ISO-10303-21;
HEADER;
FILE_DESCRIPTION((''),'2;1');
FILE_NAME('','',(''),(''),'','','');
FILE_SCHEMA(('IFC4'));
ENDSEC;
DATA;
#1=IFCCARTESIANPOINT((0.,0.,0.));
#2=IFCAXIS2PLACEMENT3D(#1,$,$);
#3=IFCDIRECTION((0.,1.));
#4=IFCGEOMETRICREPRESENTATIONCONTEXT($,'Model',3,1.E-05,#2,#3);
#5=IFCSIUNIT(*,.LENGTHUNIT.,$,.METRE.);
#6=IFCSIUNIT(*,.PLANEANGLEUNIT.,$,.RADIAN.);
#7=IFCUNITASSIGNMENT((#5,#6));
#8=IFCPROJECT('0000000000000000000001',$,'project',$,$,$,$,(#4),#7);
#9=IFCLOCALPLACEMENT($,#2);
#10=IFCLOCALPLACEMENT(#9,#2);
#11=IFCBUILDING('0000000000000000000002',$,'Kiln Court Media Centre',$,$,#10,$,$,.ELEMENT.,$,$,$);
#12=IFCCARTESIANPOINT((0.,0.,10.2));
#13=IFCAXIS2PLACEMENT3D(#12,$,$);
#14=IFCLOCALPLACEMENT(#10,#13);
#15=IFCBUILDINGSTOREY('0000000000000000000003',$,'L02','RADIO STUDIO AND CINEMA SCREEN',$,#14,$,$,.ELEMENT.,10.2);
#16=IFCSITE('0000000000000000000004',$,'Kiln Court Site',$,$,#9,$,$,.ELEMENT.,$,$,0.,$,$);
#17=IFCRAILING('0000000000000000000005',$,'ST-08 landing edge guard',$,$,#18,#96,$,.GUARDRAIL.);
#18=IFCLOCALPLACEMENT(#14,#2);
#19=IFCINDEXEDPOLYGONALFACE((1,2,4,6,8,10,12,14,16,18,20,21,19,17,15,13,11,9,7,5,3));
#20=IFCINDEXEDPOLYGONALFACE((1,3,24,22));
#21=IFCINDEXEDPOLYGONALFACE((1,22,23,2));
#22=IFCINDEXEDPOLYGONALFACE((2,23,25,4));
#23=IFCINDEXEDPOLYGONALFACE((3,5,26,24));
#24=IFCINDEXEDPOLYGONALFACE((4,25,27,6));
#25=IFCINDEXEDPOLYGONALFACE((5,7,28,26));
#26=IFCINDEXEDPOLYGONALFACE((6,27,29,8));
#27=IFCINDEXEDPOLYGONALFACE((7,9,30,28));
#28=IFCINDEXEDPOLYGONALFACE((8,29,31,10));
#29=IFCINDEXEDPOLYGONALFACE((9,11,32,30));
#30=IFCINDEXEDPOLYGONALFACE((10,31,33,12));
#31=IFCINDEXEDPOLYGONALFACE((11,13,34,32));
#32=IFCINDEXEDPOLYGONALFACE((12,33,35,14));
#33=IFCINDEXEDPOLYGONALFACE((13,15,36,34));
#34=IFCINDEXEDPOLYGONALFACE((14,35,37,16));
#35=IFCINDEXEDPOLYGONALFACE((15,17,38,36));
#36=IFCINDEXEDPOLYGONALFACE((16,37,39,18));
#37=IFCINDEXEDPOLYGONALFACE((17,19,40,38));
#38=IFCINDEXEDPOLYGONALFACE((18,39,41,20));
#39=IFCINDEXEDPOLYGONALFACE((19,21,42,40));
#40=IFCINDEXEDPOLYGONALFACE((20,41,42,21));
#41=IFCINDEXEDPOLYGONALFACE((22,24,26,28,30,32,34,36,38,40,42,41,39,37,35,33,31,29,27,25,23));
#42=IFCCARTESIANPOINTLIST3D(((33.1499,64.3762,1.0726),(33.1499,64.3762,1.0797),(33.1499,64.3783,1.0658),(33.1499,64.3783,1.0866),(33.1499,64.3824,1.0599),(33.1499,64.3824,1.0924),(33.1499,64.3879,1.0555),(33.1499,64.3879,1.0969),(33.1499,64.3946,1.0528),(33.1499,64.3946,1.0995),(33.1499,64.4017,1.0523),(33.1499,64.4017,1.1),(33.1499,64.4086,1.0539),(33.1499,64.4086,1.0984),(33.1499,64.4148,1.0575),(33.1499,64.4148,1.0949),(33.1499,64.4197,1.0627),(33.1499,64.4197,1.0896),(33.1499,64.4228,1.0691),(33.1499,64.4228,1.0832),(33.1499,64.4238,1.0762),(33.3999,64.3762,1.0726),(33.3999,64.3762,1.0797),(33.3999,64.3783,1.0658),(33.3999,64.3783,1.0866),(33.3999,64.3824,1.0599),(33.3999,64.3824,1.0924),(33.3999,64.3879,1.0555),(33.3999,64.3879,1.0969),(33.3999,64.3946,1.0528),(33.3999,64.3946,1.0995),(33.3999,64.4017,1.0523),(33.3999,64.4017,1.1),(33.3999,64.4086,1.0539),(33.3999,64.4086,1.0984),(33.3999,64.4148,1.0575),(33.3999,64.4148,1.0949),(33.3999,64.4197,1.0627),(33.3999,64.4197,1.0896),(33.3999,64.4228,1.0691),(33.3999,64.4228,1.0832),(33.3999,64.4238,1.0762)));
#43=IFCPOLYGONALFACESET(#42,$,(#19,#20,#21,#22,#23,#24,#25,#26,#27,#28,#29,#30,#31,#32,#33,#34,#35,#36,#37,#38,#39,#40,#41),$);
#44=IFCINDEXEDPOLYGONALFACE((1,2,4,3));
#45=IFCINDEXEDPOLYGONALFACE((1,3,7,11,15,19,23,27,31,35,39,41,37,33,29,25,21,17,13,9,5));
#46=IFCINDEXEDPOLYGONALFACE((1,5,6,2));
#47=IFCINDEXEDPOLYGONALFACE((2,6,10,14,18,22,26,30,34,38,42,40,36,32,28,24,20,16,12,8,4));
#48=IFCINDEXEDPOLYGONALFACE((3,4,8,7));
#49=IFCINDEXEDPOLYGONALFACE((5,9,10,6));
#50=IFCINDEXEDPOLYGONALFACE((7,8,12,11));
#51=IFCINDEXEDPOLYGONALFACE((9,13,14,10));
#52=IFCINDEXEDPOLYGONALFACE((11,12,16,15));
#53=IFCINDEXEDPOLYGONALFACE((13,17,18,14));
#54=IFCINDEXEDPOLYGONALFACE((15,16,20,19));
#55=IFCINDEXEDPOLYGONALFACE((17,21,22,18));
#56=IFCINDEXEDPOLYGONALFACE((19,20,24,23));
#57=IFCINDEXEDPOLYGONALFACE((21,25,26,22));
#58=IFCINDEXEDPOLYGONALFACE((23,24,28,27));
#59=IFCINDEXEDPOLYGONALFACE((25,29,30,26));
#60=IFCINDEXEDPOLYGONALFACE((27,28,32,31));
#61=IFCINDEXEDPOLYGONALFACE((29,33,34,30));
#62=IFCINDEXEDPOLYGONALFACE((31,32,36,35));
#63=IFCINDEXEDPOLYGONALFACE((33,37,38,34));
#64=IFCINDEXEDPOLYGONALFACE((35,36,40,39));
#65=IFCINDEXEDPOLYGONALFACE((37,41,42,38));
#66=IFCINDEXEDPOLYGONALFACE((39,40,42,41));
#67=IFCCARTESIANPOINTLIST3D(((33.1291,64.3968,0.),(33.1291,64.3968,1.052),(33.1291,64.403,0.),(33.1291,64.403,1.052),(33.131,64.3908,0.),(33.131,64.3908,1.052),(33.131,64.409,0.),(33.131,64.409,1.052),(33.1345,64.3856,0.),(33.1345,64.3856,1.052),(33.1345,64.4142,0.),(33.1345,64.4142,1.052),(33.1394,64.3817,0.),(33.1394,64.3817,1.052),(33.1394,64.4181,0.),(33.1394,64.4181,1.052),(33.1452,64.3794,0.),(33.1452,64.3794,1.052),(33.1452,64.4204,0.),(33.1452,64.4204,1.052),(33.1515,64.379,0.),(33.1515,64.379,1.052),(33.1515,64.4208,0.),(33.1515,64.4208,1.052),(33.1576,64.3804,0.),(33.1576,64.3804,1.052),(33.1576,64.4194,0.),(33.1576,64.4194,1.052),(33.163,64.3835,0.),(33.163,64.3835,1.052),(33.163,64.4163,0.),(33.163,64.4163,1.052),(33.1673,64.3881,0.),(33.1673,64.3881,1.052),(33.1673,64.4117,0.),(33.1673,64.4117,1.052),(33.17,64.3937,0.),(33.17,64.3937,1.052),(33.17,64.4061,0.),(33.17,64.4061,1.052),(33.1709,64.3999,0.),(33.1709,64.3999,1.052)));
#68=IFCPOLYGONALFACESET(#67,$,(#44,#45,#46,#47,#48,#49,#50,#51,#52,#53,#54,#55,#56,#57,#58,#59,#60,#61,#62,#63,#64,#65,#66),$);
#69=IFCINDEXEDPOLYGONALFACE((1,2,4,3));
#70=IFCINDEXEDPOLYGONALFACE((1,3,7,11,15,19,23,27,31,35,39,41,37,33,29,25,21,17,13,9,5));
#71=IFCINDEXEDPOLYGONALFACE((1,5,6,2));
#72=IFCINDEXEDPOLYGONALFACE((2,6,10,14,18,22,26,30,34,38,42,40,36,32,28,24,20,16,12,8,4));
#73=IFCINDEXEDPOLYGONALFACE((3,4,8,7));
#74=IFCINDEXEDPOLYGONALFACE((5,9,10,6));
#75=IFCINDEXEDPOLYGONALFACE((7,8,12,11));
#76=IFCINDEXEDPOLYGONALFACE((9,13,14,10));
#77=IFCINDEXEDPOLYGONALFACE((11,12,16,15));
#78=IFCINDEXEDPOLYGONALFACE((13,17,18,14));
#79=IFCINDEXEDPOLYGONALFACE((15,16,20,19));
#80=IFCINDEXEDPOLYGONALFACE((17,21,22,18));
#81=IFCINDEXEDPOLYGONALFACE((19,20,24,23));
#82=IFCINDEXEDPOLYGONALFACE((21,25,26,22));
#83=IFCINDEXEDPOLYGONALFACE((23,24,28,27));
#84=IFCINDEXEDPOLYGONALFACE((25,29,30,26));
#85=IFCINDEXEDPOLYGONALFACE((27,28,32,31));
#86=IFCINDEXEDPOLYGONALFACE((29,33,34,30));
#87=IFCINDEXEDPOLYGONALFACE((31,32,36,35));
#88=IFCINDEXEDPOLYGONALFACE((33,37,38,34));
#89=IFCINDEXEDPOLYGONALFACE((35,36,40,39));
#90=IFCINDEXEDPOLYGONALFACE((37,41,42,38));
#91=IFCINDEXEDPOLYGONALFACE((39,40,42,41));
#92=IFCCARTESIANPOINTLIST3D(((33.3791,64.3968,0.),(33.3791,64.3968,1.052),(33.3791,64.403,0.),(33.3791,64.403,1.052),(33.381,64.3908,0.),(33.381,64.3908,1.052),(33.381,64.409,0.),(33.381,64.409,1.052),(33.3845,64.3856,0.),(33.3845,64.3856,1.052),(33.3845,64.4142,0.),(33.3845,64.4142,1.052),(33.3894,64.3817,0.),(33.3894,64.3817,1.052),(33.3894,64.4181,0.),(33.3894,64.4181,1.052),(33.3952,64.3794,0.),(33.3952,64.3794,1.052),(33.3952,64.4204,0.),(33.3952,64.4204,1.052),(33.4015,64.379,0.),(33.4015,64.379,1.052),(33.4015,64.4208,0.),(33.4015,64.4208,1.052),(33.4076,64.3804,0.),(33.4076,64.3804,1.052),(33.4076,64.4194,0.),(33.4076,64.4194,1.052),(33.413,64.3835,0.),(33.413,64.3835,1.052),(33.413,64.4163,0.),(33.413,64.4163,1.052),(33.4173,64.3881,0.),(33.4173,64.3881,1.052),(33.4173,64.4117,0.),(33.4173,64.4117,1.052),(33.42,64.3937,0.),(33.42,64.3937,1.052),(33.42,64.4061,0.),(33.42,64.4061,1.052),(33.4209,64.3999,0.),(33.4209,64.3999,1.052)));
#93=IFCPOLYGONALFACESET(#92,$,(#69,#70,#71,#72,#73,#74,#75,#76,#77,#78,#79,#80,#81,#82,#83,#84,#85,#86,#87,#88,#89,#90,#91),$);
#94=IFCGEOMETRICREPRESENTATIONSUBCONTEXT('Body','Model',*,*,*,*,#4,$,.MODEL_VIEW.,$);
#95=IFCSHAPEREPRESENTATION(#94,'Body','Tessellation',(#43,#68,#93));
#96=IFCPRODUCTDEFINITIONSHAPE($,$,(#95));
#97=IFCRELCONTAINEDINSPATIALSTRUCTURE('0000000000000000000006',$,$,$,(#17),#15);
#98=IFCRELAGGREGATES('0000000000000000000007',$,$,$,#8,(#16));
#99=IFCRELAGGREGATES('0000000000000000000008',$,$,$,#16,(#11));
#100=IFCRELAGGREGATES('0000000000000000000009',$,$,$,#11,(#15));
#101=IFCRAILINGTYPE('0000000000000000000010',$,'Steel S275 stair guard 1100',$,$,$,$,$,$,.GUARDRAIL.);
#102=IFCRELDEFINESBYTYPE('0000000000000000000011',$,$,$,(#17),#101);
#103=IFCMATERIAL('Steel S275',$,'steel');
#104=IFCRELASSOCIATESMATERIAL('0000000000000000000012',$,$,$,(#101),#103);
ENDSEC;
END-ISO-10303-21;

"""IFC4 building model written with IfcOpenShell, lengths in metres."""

from ifc_helpers import new_model, si_unit, direction, frame, origin, origin_2d, place, context, subcontext, project, spatial, circle, extrude, material, type_object, element, save


model = new_model("IFC4")

# Units and contexts
model_context = context("Model", 3, precision=1e-05, world=origin(), true_north=direction((0.0, 1.0)))
body_context = subcontext(model_context, "Body", "Model", "MODEL_VIEW")
ifc_project = project(units=[si_unit("LENGTHUNIT", "METRE"), si_unit("PLANEANGLEUNIT", "RADIAN")], contexts=[model_context])

# Site, building, storey
site_placement = place(None, origin())
site = spatial("IfcSite", under=ifc_project, at=site_placement, Name="Kiln Court Site", CompositionType="ELEMENT", RefElevation=0.0)
building_placement = place(site_placement, origin())
building = spatial("IfcBuilding", under=site, at=building_placement, Name="Kiln Court Media Centre", CompositionType="ELEMENT")
storey_placement = place(building_placement, frame((0.0, 0.0, 10.2)))
storey = spatial("IfcBuildingStorey", under=building, at=storey_placement, Name="L02", Description="RADIO STUDIO AND CINEMA SCREEN", CompositionType="ELEMENT", Elevation=10.2)

# Railing
ifc_material_1 = material(Name="Steel S275", Category="steel")
railing_type_1 = type_object("IfcRailingType", Name="Steel S275 stair guard 1100", PredefinedType="GUARDRAIL", material=ifc_material_1)
for number, where, name in (
    (1, (33.1499, 64.3999, 0.0), "ST-08 landing edge guard"),
):
    element("IfcRailing", number, at=place(storey_placement, frame(where)), inside=storey, type_object=railing_type_1, Name=name, PredefinedType="GUARDRAIL", context=body_context, shape_type="SweptSolid", body=[
        extrude(circle(Radius=0.0239, at=origin_2d()), frame((0.0, 0.0, 1.0762), z_axis=(1.0, 0.0, 0.0), x_axis=(0.0, 1.0, 0.0)), (0.0, 0.0, 1.0), 0.25),
        extrude(circle(Radius=0.021, at=origin_2d()), origin(), (0.0, 0.0, 1.0), 1.052),
        extrude(circle(Radius=0.021, at=origin_2d()), frame((0.25, 0.0, 0.0)), (0.0, 0.0, 1.0), 1.052),
    ])

save(model, "model.ifc")
